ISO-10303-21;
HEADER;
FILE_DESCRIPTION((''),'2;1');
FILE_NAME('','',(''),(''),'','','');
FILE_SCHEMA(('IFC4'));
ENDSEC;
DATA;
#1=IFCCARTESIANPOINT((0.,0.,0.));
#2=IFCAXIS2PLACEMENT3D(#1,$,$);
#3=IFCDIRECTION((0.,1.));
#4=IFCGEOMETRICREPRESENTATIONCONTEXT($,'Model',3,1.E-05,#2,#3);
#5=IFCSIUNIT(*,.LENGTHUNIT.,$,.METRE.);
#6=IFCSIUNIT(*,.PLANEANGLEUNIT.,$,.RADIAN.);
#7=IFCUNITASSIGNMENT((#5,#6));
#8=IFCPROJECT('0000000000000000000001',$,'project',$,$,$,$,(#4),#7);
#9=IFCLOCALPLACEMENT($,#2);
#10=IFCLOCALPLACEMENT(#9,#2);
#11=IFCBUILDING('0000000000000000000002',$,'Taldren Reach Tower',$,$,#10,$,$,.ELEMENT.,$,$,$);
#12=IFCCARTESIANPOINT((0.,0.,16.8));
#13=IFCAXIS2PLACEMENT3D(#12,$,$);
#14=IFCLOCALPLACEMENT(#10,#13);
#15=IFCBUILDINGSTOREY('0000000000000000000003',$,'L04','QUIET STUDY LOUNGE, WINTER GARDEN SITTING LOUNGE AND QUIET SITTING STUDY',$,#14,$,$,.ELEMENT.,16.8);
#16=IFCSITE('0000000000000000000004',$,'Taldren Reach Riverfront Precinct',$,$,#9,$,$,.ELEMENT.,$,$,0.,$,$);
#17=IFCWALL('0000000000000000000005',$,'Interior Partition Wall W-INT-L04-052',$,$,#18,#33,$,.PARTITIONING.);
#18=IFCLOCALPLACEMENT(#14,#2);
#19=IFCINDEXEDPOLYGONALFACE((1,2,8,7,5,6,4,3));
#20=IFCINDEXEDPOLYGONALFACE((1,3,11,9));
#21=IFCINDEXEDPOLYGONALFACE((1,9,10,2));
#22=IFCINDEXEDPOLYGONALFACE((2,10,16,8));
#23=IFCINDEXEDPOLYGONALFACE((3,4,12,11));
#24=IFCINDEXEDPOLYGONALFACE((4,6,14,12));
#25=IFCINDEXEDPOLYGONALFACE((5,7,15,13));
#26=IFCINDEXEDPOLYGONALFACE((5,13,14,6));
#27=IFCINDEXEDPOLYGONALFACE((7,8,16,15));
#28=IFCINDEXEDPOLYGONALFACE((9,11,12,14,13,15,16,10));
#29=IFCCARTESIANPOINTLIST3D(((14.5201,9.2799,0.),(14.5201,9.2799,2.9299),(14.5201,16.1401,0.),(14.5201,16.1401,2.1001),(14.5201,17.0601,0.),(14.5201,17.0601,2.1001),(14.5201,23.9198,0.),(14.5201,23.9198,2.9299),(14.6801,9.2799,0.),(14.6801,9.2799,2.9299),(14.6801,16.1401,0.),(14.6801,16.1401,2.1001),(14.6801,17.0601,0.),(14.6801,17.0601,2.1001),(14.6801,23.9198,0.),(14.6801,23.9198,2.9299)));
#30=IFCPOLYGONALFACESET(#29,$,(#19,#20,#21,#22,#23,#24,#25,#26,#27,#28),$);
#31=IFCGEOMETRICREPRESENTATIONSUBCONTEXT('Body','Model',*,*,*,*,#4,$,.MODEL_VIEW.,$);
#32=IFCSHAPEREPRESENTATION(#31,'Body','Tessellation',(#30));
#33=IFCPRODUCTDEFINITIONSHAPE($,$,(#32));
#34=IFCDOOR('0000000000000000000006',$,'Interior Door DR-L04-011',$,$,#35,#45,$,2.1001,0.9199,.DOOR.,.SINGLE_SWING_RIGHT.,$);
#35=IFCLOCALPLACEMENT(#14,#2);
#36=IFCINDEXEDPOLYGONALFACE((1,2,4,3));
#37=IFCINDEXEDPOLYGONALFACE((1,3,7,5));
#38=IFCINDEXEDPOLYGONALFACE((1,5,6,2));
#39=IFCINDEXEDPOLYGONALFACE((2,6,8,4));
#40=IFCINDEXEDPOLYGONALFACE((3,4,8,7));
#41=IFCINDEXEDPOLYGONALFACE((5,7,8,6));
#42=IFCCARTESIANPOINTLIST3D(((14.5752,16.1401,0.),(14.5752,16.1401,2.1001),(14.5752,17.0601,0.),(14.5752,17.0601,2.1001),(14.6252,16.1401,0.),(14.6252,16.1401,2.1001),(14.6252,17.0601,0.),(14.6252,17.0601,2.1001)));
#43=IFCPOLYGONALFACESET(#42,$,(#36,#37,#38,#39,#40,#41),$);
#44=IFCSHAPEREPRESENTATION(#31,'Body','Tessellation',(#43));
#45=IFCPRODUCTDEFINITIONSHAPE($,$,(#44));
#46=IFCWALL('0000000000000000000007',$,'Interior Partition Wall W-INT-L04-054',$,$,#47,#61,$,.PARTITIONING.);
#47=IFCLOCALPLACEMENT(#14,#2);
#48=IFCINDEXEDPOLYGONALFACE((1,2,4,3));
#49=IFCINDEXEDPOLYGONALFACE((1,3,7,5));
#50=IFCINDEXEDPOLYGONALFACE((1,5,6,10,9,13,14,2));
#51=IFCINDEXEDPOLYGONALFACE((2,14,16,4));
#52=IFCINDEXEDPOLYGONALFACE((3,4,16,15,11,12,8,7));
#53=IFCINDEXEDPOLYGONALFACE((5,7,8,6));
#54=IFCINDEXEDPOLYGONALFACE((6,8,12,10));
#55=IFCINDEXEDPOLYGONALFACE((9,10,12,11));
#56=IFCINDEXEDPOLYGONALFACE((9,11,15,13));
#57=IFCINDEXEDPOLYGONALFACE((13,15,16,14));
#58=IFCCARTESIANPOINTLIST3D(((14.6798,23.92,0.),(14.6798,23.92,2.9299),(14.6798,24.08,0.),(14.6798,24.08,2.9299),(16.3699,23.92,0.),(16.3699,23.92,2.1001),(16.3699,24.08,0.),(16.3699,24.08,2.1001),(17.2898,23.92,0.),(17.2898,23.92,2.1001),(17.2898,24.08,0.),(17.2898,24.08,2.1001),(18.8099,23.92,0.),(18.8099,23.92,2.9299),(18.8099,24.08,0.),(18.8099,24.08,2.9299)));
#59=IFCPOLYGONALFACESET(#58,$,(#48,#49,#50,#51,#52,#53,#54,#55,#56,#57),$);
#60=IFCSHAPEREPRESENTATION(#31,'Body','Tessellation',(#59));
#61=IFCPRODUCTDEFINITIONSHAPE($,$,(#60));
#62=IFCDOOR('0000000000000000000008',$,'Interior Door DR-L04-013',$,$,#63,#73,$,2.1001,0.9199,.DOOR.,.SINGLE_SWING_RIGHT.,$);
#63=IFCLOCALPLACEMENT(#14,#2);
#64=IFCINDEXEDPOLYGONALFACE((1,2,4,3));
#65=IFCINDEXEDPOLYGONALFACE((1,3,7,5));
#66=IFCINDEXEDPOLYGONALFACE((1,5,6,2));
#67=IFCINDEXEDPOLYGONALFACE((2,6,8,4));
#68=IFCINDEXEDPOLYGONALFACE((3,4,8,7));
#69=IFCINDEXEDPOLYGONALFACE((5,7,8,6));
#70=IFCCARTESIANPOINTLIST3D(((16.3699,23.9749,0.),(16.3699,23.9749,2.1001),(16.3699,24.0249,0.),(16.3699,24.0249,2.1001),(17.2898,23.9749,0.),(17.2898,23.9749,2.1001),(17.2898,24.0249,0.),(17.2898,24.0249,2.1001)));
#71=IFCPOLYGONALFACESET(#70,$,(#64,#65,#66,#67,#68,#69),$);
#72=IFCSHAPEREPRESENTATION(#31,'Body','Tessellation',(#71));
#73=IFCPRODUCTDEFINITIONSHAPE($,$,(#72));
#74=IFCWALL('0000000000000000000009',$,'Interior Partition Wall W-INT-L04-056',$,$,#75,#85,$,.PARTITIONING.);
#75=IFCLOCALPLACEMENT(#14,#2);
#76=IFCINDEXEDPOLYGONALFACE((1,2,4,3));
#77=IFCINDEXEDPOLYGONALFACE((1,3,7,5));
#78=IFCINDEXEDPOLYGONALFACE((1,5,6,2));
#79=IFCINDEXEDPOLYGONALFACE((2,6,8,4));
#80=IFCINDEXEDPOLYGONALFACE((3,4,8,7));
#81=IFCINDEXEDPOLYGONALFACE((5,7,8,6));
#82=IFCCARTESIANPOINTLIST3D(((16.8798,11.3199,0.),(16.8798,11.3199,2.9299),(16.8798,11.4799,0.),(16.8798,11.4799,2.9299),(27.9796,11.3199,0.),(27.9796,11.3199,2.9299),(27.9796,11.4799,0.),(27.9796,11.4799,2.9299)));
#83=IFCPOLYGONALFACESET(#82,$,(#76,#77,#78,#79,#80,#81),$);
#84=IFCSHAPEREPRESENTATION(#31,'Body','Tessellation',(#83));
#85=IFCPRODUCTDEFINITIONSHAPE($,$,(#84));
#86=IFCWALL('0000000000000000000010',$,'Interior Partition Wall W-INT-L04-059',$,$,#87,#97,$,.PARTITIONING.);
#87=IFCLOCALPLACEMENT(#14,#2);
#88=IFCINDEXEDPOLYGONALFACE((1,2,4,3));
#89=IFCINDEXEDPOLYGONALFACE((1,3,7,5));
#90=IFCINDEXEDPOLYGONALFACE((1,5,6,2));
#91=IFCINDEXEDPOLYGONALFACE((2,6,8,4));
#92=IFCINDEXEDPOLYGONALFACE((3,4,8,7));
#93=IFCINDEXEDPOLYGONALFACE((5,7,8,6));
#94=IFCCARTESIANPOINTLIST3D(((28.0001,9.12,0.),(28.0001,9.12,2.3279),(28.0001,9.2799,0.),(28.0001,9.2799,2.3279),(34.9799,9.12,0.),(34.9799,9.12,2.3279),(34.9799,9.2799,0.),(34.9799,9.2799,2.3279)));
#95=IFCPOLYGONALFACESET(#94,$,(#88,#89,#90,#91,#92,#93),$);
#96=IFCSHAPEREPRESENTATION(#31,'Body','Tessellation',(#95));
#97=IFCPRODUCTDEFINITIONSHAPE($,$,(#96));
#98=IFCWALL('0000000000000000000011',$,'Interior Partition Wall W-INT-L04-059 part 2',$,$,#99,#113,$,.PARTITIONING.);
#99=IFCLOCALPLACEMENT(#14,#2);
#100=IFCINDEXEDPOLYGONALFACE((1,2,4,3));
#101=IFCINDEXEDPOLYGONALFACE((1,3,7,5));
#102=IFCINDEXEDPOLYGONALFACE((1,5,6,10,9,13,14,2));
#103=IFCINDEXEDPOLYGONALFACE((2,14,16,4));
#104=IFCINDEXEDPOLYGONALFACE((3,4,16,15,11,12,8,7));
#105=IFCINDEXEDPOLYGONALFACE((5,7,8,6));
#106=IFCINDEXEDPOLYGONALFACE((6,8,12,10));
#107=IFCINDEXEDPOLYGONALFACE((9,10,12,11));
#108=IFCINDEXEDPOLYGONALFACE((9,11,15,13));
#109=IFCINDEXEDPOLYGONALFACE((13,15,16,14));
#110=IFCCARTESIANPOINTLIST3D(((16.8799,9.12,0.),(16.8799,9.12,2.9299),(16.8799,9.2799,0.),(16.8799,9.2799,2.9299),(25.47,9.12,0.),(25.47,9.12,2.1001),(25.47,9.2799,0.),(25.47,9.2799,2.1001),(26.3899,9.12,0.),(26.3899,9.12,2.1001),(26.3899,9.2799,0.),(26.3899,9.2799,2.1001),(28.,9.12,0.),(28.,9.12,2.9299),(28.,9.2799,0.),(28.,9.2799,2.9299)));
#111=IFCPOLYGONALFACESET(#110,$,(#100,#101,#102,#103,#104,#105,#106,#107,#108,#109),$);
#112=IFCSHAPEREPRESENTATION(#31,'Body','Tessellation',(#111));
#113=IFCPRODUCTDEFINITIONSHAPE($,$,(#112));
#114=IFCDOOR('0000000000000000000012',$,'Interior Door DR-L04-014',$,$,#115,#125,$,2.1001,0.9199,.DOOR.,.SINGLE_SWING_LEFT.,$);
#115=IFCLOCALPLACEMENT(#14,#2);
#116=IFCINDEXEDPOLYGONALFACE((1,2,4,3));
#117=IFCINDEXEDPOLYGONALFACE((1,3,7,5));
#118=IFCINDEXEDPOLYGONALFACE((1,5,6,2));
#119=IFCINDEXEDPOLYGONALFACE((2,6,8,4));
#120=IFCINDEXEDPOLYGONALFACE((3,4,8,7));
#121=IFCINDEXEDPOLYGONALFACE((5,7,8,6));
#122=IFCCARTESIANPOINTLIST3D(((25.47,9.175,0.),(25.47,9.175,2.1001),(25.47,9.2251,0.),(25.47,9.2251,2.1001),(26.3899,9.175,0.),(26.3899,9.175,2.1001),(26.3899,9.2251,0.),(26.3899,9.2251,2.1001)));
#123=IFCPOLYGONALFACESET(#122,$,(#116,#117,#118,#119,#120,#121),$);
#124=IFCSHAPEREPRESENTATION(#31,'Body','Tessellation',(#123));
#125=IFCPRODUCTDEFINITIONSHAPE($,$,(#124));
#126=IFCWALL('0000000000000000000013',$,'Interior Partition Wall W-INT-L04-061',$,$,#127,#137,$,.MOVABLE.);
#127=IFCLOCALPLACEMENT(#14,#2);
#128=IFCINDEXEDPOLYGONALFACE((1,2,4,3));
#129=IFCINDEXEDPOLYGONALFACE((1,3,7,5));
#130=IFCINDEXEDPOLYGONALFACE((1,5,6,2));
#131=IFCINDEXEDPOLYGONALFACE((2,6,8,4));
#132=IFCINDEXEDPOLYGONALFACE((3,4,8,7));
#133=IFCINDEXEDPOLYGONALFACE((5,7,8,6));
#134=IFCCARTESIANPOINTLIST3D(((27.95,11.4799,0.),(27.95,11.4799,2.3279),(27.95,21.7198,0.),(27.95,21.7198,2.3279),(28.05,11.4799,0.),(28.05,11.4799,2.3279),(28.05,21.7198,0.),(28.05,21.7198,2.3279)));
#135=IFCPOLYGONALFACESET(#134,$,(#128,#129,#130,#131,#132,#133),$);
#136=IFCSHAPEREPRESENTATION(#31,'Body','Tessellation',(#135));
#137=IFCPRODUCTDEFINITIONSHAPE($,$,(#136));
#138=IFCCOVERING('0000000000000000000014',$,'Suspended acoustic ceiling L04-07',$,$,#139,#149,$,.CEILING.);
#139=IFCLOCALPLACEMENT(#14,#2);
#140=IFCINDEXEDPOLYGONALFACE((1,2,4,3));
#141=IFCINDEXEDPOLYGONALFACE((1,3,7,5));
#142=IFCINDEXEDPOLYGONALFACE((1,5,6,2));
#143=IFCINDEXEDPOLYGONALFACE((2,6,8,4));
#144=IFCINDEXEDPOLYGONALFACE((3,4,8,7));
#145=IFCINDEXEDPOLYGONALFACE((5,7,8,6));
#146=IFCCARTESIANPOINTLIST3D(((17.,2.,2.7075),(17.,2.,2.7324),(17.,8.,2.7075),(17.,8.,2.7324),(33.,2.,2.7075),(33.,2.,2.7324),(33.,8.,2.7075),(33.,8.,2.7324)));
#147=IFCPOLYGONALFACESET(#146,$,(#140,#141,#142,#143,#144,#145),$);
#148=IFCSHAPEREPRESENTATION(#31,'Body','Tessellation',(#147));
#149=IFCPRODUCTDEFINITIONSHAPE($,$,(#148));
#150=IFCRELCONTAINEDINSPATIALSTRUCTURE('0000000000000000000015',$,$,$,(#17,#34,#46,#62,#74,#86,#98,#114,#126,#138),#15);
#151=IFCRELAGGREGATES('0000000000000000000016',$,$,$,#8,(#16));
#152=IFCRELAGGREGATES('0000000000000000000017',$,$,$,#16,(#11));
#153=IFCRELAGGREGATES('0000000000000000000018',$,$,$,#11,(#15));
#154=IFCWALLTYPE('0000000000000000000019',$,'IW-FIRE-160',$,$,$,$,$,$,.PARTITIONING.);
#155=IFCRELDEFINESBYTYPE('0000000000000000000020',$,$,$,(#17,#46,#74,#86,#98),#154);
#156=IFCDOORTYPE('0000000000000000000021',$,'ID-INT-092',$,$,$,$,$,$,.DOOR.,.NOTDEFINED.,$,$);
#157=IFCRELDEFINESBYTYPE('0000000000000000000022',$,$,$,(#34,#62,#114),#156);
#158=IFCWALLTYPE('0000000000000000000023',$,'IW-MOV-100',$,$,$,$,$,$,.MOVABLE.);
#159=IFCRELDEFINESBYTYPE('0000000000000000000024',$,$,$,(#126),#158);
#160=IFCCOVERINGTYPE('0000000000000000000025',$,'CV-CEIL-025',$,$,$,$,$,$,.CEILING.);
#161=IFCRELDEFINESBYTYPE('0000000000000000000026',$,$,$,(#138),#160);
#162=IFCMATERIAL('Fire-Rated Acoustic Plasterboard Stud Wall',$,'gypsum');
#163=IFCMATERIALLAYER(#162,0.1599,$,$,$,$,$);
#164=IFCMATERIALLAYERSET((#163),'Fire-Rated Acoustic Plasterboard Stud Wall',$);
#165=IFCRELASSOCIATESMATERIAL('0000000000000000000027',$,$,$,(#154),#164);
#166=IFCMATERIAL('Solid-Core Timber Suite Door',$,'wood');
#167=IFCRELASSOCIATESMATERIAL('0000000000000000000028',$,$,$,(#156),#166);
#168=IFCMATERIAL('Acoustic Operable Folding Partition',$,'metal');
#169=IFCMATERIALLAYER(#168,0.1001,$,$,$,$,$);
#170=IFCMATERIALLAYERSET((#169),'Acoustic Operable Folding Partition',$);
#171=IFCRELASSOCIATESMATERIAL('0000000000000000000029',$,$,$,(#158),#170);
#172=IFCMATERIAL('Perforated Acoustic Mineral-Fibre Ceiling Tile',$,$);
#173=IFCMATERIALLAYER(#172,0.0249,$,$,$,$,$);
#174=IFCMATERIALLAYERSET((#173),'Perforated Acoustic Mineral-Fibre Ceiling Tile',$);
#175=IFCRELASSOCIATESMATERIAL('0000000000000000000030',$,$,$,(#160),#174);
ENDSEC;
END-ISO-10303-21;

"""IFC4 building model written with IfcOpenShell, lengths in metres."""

from ifc_helpers import new_model, si_unit, direction, frame, frame_2d, origin, origin_2d, place, context, subcontext, project, spatial, rectangle, extrude, source, transform, mapped, material, layer, layer_set, type_object, element, fill, save


model = new_model("IFC4")

# Units and contexts
model_context = context("Model", 3, precision=1e-05, world=origin(), true_north=direction((0.0, 1.0)))
body_context = subcontext(model_context, "Body", "Model", "MODEL_VIEW")
ifc_project = project(units=[si_unit("LENGTHUNIT", "METRE"), si_unit("PLANEANGLEUNIT", "RADIAN")], contexts=[model_context])

# Site, building, storey
site_placement = place(None, origin())
site = spatial("IfcSite", under=ifc_project, at=site_placement, Name="Taldren Reach Riverfront Precinct", CompositionType="ELEMENT", RefElevation=0.0)
building_placement = place(site_placement, origin())
building = spatial("IfcBuilding", under=site, at=building_placement, Name="Taldren Reach Tower", CompositionType="ELEMENT")
storey_placement = place(building_placement, frame((0.0, 0.0, 16.8)))
storey = spatial("IfcBuildingStorey", under=building, at=storey_placement, Name="L04", Description="QUIET STUDY LOUNGE, WINTER GARDEN SITTING LOUNGE AND QUIET SITTING STUDY", CompositionType="ELEMENT", Elevation=16.8)

# Shared definitions
ifc_material_1 = material(Name="Fire-Rated Acoustic Plasterboard Stud Wall", Category="gypsum")
ifc_layer_1 = layer(ifc_material_1, 0.1599)
ifc_layer_set_1 = layer_set([ifc_layer_1], Name="Fire-Rated Acoustic Plasterboard Stud Wall")
wall_type_1 = type_object("IfcWallType", Name="IW-FIRE-160", PredefinedType="PARTITIONING", material=ifc_layer_set_1)

# Walls, openings, doors
shared_shape_1 = source(origin(), body_context, "Body", "SweptSolid", [
    extrude(rectangle(XDim=14.6399, YDim=0.1599, at=frame_2d((7.3198, 0.0))), origin(), (0.0, 0.0, 1.0), 2.9299),
])
wall_1_placement = place(storey_placement, frame((14.6001, 9.28, 0.0), z_axis=(0.0, 0.0, 1.0), x_axis=(0.0, 1.0, 0.0)))
wall_1 = element("IfcWall", 1, at=wall_1_placement, inside=storey, type_object=wall_type_1, Name="Interior Partition Wall W-INT-L04-052", PredefinedType="PARTITIONING", context=body_context, shape_type="MappedRepresentation", body=[
    mapped(shared_shape_1, transform((0.0, 0.0, 0.0), scale=1.0)),
])
shared_shape_2 = source(origin(), body_context, "Body", "SweptSolid", [
    extrude(rectangle(XDim=0.9199, YDim=2.1001, at=frame_2d((0.46, 1.05))), frame((0.0, 0.0898, 0.0), z_axis=(0.0, -1.0, 0.0), x_axis=(1.0, 0.0, 0.0)), (0.0, 0.0, 1.0), 0.1799),
])
opening_1_placement = place(wall_1_placement, frame((6.8601, 0.0, 0.0)))
opening_1 = element("IfcOpeningElement", 2, at=opening_1_placement, cuts=wall_1, PredefinedType="OPENING", context=body_context, shape_type="MappedRepresentation", body=[
    mapped(shared_shape_2, transform((0.0, 0.0, 0.0), scale=1.0)),
])
ifc_material_2 = material(Name="Solid-Core Timber Suite Door", Category="wood")
door_type_1 = type_object("IfcDoorType", Name="ID-INT-092", OperationType="NOTDEFINED", PredefinedType="DOOR", material=ifc_material_2)
shared_shape_3 = source(origin(), body_context, "Body", "SweptSolid", [
    extrude(rectangle(XDim=0.9199, YDim=2.1001, at=frame_2d((0.46, 1.05))), frame((0.0, 0.0249, 0.0), z_axis=(0.0, -1.0, 0.0), x_axis=(1.0, 0.0, 0.0)), (0.0, 0.0, 1.0), 0.05),
])
door_1_placement = place(opening_1_placement, origin())
door_1 = element("IfcDoor", 3, at=door_1_placement, inside=storey, type_object=door_type_1, Name="Interior Door DR-L04-011", OperationType="SINGLE_SWING_RIGHT", OverallHeight=2.1001, OverallWidth=0.9199, PredefinedType="DOOR", context=body_context, shape_type="MappedRepresentation", body=[
    mapped(shared_shape_3, transform((0.0, 0.0, 0.0), scale=1.0)),
])
fill(opening_1, door_1)
shared_shape_4 = source(origin(), body_context, "Body", "SweptSolid", [
    extrude(rectangle(XDim=4.1301, YDim=0.1599, at=frame_2d((2.0649, 0.0))), origin(), (0.0, 0.0, 1.0), 2.9299),
])
wall_2_placement = place(storey_placement, frame((14.6799, 24.0, 0.0), z_axis=(0.0, 0.0, 1.0), x_axis=(1.0, 0.0, 0.0)))
wall_2 = element("IfcWall", 4, at=wall_2_placement, inside=storey, type_object=wall_type_1, Name="Interior Partition Wall W-INT-L04-054", PredefinedType="PARTITIONING", context=body_context, shape_type="MappedRepresentation", body=[
    mapped(shared_shape_4, transform((0.0, 0.0, 0.0), scale=1.0)),
])
opening_2_placement = place(wall_2_placement, frame((1.6899, 0.0, 0.0)))
opening_2 = element("IfcOpeningElement", 5, at=opening_2_placement, cuts=wall_2, PredefinedType="OPENING", context=body_context, shape_type="MappedRepresentation", body=[
    mapped(shared_shape_2, transform((0.0, 0.0, 0.0), scale=1.0)),
])
door_2_placement = place(opening_2_placement, origin())
door_2 = element("IfcDoor", 6, at=door_2_placement, inside=storey, type_object=door_type_1, Name="Interior Door DR-L04-013", OperationType="SINGLE_SWING_RIGHT", OverallHeight=2.1001, OverallWidth=0.9199, PredefinedType="DOOR", context=body_context, shape_type="MappedRepresentation", body=[
    mapped(shared_shape_3, transform((0.0, 0.0, 0.0), scale=1.0)),
])
fill(opening_2, door_2)

# Walls
shared_shape_5 = source(origin(), body_context, "Body", "SweptSolid", [
    extrude(rectangle(XDim=11.0999, YDim=0.1599, at=frame_2d((5.5498, 0.0))), origin(), (0.0, 0.0, 1.0), 2.9299),
])
wall_3_placement = place(storey_placement, frame((16.8799, 11.3999, 0.0), z_axis=(0.0, 0.0, 1.0), x_axis=(1.0, 0.0, 0.0)))
element("IfcWall", 7, at=wall_3_placement, inside=storey, type_object=wall_type_1, Name="Interior Partition Wall W-INT-L04-056", PredefinedType="PARTITIONING", context=body_context, shape_type="MappedRepresentation", body=[
    mapped(shared_shape_5, transform((0.0, 0.0, 0.0), scale=1.0)),
])
shared_shape_6 = source(origin(), body_context, "Body", "SweptSolid", [
    extrude(rectangle(XDim=6.9797, YDim=0.1599, at=frame_2d((3.4897, 0.0))), origin(), (0.0, 0.0, 1.0), 2.3279),
])
wall_4_placement = place(storey_placement, frame((34.9797, 9.2, 0.0), z_axis=(0.0, 0.0, 1.0), x_axis=(-1.0, 0.0, 0.0)))
element("IfcWall", 8, at=wall_4_placement, inside=storey, type_object=wall_type_1, Name="Interior Partition Wall W-INT-L04-059", PredefinedType="PARTITIONING", context=body_context, shape_type="MappedRepresentation", body=[
    mapped(shared_shape_6, transform((0.0, 0.0, 0.0), scale=1.0)),
])

# Wall, opening, door
shared_shape_7 = source(origin(), body_context, "Body", "SweptSolid", [
    extrude(rectangle(XDim=11.1201, YDim=0.1599, at=frame_2d((5.5601, 0.0))), origin(), (0.0, 0.0, 1.0), 2.9299),
])
wall_5_placement = place(storey_placement, frame((28.0, 9.2, 0.0), z_axis=(0.0, 0.0, 1.0), x_axis=(-1.0, 0.0, 0.0)))
wall_5 = element("IfcWall", 9, at=wall_5_placement, inside=storey, type_object=wall_type_1, Name="Interior Partition Wall W-INT-L04-059 part 2", PredefinedType="PARTITIONING", context=body_context, shape_type="MappedRepresentation", body=[
    mapped(shared_shape_7, transform((0.0, 0.0, 0.0), scale=1.0)),
])
opening_3_placement = place(wall_5_placement, frame((1.6101, 0.0, 0.0)))
opening_3 = element("IfcOpeningElement", 10, at=opening_3_placement, cuts=wall_5, PredefinedType="OPENING", context=body_context, shape_type="MappedRepresentation", body=[
    mapped(shared_shape_2, transform((0.0, 0.0, 0.0), scale=1.0)),
])
door_3_placement = place(opening_3_placement, origin())
door_3 = element("IfcDoor", 11, at=door_3_placement, inside=storey, type_object=door_type_1, Name="Interior Door DR-L04-014", OperationType="SINGLE_SWING_LEFT", OverallHeight=2.1001, OverallWidth=0.9199, PredefinedType="DOOR", context=body_context, shape_type="MappedRepresentation", body=[
    mapped(shared_shape_3, transform((0.0, 0.0, 0.0), scale=1.0)),
])
fill(opening_3, door_3)

# Wall
ifc_material_3 = material(Name="Acoustic Operable Folding Partition", Category="metal")
ifc_layer_2 = layer(ifc_material_3, 0.1001)
ifc_layer_set_2 = layer_set([ifc_layer_2], Name="Acoustic Operable Folding Partition")
wall_type_2 = type_object("IfcWallType", Name="IW-MOV-100", PredefinedType="MOVABLE", material=ifc_layer_set_2)
shared_shape_8 = source(origin(), body_context, "Body", "SweptSolid", [
    extrude(rectangle(XDim=10.24, YDim=0.1001, at=frame_2d((5.1201, 0.0))), origin(), (0.0, 0.0, 1.0), 2.3279),
])
wall_6_placement = place(storey_placement, frame((28.0, 21.72, 0.0), z_axis=(0.0, 0.0, 1.0), x_axis=(0.0, -1.0, 0.0)))
element("IfcWall", 12, at=wall_6_placement, inside=storey, type_object=wall_type_2, Name="Interior Partition Wall W-INT-L04-061", PredefinedType="MOVABLE", context=body_context, shape_type="MappedRepresentation", body=[
    mapped(shared_shape_8, transform((0.0, 0.0, 0.0), scale=1.0)),
])

# Covering
ifc_material_4 = material(Name="Perforated Acoustic Mineral-Fibre Ceiling Tile")
ifc_layer_3 = layer(ifc_material_4, 0.0249)
ifc_layer_set_3 = layer_set([ifc_layer_3], Name="Perforated Acoustic Mineral-Fibre Ceiling Tile")
covering_type = type_object("IfcCoveringType", Name="CV-CEIL-025", PredefinedType="CEILING", material=ifc_layer_set_3)
shared_shape_9 = source(origin(), body_context, "Body", "SweptSolid", [
    extrude(rectangle(XDim=16.0, YDim=6.0, at=origin_2d()), origin(), (0.0, 0.0, 1.0), 0.0249),
])
covering_placement = place(storey_placement, frame((25.0, 5.0, 2.7075), z_axis=(0.0, 0.0, 1.0), x_axis=(1.0, 0.0, 0.0)))
element("IfcCovering", 13, at=covering_placement, inside=storey, type_object=covering_type, Name="Suspended acoustic ceiling L04-07", PredefinedType="CEILING", context=body_context, shape_type="MappedRepresentation", body=[
    mapped(shared_shape_9, transform((0.0, 0.0, 0.0), scale=1.0)),
])

save(model, "model.ifc")
